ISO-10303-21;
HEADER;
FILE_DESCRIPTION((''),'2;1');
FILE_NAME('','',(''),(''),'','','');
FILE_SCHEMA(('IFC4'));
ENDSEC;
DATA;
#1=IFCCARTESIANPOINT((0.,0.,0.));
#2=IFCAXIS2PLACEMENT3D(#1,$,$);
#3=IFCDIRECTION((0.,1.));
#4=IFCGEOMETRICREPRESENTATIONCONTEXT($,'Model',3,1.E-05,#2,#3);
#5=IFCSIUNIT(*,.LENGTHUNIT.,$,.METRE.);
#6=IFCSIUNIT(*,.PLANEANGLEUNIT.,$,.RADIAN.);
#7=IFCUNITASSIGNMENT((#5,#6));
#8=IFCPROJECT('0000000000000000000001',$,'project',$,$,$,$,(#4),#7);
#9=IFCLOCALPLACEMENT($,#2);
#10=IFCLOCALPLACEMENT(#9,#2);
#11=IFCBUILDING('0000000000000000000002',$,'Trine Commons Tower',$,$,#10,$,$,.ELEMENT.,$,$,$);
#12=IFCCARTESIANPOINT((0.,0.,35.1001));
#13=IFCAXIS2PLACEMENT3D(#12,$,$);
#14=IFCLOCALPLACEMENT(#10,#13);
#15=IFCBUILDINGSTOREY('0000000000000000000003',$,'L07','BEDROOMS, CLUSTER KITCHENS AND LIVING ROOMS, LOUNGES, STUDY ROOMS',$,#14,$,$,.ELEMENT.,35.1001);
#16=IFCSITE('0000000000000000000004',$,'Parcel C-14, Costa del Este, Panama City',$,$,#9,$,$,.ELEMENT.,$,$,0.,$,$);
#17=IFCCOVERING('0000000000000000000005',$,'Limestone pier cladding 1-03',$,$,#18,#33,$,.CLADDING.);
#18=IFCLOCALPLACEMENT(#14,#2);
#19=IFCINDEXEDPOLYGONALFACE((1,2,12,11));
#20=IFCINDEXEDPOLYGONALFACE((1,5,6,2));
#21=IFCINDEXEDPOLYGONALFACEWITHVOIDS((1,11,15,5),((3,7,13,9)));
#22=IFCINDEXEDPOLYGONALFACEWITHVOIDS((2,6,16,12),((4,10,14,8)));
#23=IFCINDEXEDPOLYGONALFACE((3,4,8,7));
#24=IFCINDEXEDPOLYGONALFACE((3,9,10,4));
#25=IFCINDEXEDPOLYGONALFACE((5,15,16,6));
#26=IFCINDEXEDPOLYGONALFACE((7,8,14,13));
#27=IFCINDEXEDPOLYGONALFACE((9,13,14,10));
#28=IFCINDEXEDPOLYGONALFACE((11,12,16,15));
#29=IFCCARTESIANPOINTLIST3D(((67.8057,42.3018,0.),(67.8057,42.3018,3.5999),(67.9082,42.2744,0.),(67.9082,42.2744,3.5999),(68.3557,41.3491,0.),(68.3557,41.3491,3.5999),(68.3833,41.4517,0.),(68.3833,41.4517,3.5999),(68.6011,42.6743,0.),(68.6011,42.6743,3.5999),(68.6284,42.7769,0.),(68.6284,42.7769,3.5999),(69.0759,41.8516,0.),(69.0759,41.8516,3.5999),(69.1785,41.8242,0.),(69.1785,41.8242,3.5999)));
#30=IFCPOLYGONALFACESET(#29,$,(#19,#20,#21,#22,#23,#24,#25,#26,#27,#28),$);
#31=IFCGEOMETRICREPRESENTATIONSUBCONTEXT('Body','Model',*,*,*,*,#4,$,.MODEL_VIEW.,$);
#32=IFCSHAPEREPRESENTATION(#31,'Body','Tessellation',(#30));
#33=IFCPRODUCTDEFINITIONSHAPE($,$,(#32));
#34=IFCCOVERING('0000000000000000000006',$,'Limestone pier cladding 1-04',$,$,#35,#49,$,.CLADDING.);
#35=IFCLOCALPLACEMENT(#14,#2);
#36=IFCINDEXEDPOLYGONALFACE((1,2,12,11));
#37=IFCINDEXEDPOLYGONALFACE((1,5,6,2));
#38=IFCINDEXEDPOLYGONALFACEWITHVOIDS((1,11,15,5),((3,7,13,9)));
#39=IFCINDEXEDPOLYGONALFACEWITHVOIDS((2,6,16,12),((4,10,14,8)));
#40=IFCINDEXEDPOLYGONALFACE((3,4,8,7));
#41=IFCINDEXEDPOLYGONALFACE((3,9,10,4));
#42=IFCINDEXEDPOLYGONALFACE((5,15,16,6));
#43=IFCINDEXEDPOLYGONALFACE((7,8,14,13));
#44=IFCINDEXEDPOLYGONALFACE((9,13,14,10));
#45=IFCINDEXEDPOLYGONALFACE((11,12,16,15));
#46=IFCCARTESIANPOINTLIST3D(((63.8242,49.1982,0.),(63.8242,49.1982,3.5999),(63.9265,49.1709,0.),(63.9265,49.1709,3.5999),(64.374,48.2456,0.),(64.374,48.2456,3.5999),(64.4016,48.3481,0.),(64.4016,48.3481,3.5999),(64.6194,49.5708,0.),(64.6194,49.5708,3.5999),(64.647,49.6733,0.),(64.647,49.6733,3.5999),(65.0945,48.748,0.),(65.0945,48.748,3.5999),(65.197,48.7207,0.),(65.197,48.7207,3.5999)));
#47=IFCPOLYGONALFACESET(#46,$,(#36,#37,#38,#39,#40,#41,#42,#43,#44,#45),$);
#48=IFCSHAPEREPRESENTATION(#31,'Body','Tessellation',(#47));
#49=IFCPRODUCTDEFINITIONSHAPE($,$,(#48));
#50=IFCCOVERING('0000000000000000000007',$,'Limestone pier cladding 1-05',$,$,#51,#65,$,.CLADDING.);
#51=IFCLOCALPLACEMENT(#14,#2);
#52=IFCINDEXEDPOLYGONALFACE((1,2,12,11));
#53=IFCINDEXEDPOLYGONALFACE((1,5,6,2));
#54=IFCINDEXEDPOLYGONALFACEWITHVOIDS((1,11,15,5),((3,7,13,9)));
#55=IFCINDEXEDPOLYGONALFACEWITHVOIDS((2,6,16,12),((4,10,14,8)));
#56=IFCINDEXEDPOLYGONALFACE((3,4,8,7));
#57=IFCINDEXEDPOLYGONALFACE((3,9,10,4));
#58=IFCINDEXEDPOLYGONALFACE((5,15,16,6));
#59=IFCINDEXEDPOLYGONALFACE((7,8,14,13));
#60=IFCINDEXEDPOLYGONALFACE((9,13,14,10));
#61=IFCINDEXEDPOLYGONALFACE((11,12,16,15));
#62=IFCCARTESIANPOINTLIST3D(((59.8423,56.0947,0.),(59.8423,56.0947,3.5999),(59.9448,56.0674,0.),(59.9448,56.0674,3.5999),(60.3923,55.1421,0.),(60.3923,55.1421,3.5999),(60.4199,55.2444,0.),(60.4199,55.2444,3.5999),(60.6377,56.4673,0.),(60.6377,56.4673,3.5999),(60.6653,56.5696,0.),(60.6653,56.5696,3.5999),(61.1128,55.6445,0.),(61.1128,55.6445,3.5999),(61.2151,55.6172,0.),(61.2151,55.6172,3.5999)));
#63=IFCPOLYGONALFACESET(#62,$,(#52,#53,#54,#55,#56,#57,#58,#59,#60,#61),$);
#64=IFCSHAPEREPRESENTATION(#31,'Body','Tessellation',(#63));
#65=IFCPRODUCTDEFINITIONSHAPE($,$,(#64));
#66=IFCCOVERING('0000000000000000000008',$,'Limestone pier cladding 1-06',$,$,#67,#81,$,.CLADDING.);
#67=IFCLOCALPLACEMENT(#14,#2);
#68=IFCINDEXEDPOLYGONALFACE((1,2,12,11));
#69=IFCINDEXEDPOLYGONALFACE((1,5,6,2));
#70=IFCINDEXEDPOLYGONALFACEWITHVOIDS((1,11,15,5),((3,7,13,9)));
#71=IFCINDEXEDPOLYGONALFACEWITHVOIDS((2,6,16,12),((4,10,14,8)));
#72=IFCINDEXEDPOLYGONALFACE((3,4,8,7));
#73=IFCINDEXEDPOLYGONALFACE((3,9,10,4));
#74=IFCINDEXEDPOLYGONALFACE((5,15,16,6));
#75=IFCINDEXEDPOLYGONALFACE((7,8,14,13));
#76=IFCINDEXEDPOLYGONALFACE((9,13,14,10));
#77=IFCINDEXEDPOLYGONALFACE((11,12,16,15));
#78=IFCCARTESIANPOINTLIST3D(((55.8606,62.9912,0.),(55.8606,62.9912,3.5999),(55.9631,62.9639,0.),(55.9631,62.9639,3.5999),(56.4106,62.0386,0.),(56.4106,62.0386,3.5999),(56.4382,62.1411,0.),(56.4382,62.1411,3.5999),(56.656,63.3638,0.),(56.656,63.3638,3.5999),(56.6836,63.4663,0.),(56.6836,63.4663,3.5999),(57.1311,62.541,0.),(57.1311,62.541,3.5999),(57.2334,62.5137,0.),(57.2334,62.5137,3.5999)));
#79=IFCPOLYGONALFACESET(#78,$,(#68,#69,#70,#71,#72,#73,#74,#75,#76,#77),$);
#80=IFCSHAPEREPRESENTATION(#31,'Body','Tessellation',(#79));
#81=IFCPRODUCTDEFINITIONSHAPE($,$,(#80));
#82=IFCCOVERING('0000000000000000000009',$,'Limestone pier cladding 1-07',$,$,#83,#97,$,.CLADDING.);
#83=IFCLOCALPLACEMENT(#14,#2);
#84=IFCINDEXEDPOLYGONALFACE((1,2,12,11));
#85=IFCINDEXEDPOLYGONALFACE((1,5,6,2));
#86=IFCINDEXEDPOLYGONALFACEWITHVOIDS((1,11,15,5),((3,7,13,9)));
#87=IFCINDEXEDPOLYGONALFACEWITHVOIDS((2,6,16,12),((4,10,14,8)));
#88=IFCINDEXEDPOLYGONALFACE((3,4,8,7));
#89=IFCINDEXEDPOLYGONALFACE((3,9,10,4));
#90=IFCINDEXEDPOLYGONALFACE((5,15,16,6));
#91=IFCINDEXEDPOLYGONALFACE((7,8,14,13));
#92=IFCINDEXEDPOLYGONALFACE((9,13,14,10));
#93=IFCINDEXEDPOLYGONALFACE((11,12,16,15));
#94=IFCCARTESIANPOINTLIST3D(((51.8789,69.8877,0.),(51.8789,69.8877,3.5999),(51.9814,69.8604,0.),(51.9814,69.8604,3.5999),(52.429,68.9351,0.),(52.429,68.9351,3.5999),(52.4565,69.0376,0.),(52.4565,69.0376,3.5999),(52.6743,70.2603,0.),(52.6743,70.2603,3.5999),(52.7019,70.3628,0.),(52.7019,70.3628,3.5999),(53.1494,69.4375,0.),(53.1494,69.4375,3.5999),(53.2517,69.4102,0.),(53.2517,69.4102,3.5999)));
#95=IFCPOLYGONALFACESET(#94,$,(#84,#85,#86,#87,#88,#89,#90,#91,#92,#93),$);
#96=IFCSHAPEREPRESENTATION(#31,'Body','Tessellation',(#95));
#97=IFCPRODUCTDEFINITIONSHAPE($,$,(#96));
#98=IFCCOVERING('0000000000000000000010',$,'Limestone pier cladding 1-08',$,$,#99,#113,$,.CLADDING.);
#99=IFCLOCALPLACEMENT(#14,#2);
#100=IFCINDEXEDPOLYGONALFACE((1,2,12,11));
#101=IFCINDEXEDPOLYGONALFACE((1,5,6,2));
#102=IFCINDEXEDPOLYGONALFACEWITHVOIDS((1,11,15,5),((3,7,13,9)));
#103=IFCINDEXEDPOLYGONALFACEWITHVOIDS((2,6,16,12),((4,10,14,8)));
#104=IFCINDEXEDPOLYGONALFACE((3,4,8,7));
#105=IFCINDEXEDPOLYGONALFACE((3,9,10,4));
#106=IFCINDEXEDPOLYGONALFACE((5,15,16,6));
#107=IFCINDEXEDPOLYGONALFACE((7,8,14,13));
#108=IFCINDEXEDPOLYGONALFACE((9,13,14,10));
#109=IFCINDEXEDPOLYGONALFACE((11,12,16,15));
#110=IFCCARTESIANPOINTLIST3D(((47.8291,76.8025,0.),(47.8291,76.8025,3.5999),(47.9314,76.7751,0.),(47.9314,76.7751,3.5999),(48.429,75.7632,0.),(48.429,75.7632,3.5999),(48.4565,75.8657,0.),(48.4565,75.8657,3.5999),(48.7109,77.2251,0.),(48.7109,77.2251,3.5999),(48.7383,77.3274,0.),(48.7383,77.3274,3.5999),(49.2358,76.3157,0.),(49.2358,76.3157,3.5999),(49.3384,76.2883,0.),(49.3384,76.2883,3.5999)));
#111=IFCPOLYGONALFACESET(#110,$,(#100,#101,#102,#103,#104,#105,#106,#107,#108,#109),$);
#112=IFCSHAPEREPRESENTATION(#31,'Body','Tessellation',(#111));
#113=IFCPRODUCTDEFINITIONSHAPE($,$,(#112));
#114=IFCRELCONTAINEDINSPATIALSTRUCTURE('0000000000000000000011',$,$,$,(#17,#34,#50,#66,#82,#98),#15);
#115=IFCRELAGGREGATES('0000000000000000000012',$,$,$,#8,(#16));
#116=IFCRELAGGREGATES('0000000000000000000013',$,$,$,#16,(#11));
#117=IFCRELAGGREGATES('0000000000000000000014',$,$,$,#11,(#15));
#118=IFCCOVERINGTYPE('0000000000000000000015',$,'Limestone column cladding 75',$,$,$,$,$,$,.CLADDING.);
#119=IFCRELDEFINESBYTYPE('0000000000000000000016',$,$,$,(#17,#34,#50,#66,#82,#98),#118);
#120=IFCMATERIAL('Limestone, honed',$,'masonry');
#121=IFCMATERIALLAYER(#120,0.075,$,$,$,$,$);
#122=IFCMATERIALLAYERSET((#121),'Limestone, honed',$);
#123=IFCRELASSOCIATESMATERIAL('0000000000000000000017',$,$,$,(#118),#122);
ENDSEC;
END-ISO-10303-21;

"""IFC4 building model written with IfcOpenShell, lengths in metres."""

from ifc_helpers import new_model, si_unit, direction, frame, origin, place, context, subcontext, project, spatial, polyline, outline, extrude, material, layer, layer_set, type_object, element, save


model = new_model("IFC4")

# Units and contexts
model_context = context("Model", 3, precision=1e-05, world=origin(), true_north=direction((0.0, 1.0)))
body_context = subcontext(model_context, "Body", "Model", "MODEL_VIEW")
ifc_project = project(units=[si_unit("LENGTHUNIT", "METRE"), si_unit("PLANEANGLEUNIT", "RADIAN")], contexts=[model_context])

# Site, building, storey
site_placement = place(None, origin())
site = spatial("IfcSite", under=ifc_project, at=site_placement, Name="Parcel C-14, Costa del Este, Panama City", CompositionType="ELEMENT", RefElevation=0.0)
building_placement = place(site_placement, origin())
building = spatial("IfcBuilding", under=site, at=building_placement, Name="Trine Commons Tower", CompositionType="ELEMENT")
storey_placement = place(building_placement, frame((0.0, 0.0, 35.1001)))
storey = spatial("IfcBuildingStorey", under=building, at=storey_placement, Name="L07", Description="BEDROOMS, CLUSTER KITCHENS AND LIVING ROOMS, LOUNGES, STUDY ROOMS", CompositionType="ELEMENT", Elevation=35.1001)

# Coverings
ifc_material_1 = material(Name="Limestone, honed", Category="masonry")
ifc_layer_1 = layer(ifc_material_1, 0.075)
ifc_layer_set_1 = layer_set([ifc_layer_1], Name="Limestone, honed")
covering_type_1 = type_object("IfcCoveringType", Name="Limestone column cladding 75", PredefinedType="CLADDING", material=ifc_layer_set_1)
covering_1_placement = place(storey_placement, origin())
element("IfcCovering", 1, at=covering_1_placement, inside=storey, type_object=covering_type_1, Name="Limestone pier cladding 1-03", PredefinedType="CLADDING", context=body_context, shape_type="SweptSolid", body=[
    extrude(outline(polyline([(68.6284, 42.7769), (67.8057, 42.3018), (68.3557, 41.3491), (69.1785, 41.8242), (68.6284, 42.7769)]), holes=[polyline([(68.6011, 42.6743), (67.9082, 42.2744), (68.3833, 41.4517), (69.0759, 41.8516), (68.6011, 42.6743)])]), origin(), (0.0, 0.0, 1.0), 3.5999),
])
covering_2_placement = place(storey_placement, origin())
element("IfcCovering", 2, at=covering_2_placement, inside=storey, type_object=covering_type_1, Name="Limestone pier cladding 1-04", PredefinedType="CLADDING", context=body_context, shape_type="SweptSolid", body=[
    extrude(outline(polyline([(64.647, 49.6733), (63.8242, 49.1982), (64.374, 48.2456), (65.197, 48.7207), (64.647, 49.6733)]), holes=[polyline([(64.6194, 49.5708), (63.9265, 49.1709), (64.4016, 48.3481), (65.0945, 48.748), (64.6194, 49.5708)])]), origin(), (0.0, 0.0, 1.0), 3.5999),
])
covering_3_placement = place(storey_placement, origin())
element("IfcCovering", 3, at=covering_3_placement, inside=storey, type_object=covering_type_1, Name="Limestone pier cladding 1-05", PredefinedType="CLADDING", context=body_context, shape_type="SweptSolid", body=[
    extrude(outline(polyline([(60.6653, 56.5696), (59.8423, 56.0947), (60.3923, 55.1421), (61.2151, 55.6172), (60.6653, 56.5696)]), holes=[polyline([(60.6377, 56.4673), (59.9448, 56.0674), (60.4199, 55.2444), (61.1128, 55.6445), (60.6377, 56.4673)])]), origin(), (0.0, 0.0, 1.0), 3.5999),
])
covering_4_placement = place(storey_placement, origin())
element("IfcCovering", 4, at=covering_4_placement, inside=storey, type_object=covering_type_1, Name="Limestone pier cladding 1-06", PredefinedType="CLADDING", context=body_context, shape_type="SweptSolid", body=[
    extrude(outline(polyline([(56.6836, 63.4663), (55.8606, 62.9912), (56.4106, 62.0386), (57.2334, 62.5137), (56.6836, 63.4663)]), holes=[polyline([(56.656, 63.3638), (55.9631, 62.9639), (56.4382, 62.1411), (57.1311, 62.541), (56.656, 63.3638)])]), origin(), (0.0, 0.0, 1.0), 3.5999),
])
covering_5_placement = place(storey_placement, origin())
element("IfcCovering", 5, at=covering_5_placement, inside=storey, type_object=covering_type_1, Name="Limestone pier cladding 1-07", PredefinedType="CLADDING", context=body_context, shape_type="SweptSolid", body=[
    extrude(outline(polyline([(52.7019, 70.3628), (51.8789, 69.8877), (52.429, 68.9351), (53.2517, 69.4102), (52.7019, 70.3628)]), holes=[polyline([(52.6743, 70.2603), (51.9814, 69.8604), (52.4565, 69.0376), (53.1494, 69.4375), (52.6743, 70.2603)])]), origin(), (0.0, 0.0, 1.0), 3.5999),
])
covering_6_placement = place(storey_placement, origin())
element("IfcCovering", 6, at=covering_6_placement, inside=storey, type_object=covering_type_1, Name="Limestone pier cladding 1-08", PredefinedType="CLADDING", context=body_context, shape_type="SweptSolid", body=[
    extrude(outline(polyline([(48.7383, 77.3274), (47.8291, 76.8025), (48.429, 75.7632), (49.3384, 76.2883), (48.7383, 77.3274)]), holes=[polyline([(48.7109, 77.2251), (47.9314, 76.7751), (48.4565, 75.8657), (49.2358, 76.3157), (48.7109, 77.2251)])]), origin(), (0.0, 0.0, 1.0), 3.5999),
])

save(model, "model.ifc")
